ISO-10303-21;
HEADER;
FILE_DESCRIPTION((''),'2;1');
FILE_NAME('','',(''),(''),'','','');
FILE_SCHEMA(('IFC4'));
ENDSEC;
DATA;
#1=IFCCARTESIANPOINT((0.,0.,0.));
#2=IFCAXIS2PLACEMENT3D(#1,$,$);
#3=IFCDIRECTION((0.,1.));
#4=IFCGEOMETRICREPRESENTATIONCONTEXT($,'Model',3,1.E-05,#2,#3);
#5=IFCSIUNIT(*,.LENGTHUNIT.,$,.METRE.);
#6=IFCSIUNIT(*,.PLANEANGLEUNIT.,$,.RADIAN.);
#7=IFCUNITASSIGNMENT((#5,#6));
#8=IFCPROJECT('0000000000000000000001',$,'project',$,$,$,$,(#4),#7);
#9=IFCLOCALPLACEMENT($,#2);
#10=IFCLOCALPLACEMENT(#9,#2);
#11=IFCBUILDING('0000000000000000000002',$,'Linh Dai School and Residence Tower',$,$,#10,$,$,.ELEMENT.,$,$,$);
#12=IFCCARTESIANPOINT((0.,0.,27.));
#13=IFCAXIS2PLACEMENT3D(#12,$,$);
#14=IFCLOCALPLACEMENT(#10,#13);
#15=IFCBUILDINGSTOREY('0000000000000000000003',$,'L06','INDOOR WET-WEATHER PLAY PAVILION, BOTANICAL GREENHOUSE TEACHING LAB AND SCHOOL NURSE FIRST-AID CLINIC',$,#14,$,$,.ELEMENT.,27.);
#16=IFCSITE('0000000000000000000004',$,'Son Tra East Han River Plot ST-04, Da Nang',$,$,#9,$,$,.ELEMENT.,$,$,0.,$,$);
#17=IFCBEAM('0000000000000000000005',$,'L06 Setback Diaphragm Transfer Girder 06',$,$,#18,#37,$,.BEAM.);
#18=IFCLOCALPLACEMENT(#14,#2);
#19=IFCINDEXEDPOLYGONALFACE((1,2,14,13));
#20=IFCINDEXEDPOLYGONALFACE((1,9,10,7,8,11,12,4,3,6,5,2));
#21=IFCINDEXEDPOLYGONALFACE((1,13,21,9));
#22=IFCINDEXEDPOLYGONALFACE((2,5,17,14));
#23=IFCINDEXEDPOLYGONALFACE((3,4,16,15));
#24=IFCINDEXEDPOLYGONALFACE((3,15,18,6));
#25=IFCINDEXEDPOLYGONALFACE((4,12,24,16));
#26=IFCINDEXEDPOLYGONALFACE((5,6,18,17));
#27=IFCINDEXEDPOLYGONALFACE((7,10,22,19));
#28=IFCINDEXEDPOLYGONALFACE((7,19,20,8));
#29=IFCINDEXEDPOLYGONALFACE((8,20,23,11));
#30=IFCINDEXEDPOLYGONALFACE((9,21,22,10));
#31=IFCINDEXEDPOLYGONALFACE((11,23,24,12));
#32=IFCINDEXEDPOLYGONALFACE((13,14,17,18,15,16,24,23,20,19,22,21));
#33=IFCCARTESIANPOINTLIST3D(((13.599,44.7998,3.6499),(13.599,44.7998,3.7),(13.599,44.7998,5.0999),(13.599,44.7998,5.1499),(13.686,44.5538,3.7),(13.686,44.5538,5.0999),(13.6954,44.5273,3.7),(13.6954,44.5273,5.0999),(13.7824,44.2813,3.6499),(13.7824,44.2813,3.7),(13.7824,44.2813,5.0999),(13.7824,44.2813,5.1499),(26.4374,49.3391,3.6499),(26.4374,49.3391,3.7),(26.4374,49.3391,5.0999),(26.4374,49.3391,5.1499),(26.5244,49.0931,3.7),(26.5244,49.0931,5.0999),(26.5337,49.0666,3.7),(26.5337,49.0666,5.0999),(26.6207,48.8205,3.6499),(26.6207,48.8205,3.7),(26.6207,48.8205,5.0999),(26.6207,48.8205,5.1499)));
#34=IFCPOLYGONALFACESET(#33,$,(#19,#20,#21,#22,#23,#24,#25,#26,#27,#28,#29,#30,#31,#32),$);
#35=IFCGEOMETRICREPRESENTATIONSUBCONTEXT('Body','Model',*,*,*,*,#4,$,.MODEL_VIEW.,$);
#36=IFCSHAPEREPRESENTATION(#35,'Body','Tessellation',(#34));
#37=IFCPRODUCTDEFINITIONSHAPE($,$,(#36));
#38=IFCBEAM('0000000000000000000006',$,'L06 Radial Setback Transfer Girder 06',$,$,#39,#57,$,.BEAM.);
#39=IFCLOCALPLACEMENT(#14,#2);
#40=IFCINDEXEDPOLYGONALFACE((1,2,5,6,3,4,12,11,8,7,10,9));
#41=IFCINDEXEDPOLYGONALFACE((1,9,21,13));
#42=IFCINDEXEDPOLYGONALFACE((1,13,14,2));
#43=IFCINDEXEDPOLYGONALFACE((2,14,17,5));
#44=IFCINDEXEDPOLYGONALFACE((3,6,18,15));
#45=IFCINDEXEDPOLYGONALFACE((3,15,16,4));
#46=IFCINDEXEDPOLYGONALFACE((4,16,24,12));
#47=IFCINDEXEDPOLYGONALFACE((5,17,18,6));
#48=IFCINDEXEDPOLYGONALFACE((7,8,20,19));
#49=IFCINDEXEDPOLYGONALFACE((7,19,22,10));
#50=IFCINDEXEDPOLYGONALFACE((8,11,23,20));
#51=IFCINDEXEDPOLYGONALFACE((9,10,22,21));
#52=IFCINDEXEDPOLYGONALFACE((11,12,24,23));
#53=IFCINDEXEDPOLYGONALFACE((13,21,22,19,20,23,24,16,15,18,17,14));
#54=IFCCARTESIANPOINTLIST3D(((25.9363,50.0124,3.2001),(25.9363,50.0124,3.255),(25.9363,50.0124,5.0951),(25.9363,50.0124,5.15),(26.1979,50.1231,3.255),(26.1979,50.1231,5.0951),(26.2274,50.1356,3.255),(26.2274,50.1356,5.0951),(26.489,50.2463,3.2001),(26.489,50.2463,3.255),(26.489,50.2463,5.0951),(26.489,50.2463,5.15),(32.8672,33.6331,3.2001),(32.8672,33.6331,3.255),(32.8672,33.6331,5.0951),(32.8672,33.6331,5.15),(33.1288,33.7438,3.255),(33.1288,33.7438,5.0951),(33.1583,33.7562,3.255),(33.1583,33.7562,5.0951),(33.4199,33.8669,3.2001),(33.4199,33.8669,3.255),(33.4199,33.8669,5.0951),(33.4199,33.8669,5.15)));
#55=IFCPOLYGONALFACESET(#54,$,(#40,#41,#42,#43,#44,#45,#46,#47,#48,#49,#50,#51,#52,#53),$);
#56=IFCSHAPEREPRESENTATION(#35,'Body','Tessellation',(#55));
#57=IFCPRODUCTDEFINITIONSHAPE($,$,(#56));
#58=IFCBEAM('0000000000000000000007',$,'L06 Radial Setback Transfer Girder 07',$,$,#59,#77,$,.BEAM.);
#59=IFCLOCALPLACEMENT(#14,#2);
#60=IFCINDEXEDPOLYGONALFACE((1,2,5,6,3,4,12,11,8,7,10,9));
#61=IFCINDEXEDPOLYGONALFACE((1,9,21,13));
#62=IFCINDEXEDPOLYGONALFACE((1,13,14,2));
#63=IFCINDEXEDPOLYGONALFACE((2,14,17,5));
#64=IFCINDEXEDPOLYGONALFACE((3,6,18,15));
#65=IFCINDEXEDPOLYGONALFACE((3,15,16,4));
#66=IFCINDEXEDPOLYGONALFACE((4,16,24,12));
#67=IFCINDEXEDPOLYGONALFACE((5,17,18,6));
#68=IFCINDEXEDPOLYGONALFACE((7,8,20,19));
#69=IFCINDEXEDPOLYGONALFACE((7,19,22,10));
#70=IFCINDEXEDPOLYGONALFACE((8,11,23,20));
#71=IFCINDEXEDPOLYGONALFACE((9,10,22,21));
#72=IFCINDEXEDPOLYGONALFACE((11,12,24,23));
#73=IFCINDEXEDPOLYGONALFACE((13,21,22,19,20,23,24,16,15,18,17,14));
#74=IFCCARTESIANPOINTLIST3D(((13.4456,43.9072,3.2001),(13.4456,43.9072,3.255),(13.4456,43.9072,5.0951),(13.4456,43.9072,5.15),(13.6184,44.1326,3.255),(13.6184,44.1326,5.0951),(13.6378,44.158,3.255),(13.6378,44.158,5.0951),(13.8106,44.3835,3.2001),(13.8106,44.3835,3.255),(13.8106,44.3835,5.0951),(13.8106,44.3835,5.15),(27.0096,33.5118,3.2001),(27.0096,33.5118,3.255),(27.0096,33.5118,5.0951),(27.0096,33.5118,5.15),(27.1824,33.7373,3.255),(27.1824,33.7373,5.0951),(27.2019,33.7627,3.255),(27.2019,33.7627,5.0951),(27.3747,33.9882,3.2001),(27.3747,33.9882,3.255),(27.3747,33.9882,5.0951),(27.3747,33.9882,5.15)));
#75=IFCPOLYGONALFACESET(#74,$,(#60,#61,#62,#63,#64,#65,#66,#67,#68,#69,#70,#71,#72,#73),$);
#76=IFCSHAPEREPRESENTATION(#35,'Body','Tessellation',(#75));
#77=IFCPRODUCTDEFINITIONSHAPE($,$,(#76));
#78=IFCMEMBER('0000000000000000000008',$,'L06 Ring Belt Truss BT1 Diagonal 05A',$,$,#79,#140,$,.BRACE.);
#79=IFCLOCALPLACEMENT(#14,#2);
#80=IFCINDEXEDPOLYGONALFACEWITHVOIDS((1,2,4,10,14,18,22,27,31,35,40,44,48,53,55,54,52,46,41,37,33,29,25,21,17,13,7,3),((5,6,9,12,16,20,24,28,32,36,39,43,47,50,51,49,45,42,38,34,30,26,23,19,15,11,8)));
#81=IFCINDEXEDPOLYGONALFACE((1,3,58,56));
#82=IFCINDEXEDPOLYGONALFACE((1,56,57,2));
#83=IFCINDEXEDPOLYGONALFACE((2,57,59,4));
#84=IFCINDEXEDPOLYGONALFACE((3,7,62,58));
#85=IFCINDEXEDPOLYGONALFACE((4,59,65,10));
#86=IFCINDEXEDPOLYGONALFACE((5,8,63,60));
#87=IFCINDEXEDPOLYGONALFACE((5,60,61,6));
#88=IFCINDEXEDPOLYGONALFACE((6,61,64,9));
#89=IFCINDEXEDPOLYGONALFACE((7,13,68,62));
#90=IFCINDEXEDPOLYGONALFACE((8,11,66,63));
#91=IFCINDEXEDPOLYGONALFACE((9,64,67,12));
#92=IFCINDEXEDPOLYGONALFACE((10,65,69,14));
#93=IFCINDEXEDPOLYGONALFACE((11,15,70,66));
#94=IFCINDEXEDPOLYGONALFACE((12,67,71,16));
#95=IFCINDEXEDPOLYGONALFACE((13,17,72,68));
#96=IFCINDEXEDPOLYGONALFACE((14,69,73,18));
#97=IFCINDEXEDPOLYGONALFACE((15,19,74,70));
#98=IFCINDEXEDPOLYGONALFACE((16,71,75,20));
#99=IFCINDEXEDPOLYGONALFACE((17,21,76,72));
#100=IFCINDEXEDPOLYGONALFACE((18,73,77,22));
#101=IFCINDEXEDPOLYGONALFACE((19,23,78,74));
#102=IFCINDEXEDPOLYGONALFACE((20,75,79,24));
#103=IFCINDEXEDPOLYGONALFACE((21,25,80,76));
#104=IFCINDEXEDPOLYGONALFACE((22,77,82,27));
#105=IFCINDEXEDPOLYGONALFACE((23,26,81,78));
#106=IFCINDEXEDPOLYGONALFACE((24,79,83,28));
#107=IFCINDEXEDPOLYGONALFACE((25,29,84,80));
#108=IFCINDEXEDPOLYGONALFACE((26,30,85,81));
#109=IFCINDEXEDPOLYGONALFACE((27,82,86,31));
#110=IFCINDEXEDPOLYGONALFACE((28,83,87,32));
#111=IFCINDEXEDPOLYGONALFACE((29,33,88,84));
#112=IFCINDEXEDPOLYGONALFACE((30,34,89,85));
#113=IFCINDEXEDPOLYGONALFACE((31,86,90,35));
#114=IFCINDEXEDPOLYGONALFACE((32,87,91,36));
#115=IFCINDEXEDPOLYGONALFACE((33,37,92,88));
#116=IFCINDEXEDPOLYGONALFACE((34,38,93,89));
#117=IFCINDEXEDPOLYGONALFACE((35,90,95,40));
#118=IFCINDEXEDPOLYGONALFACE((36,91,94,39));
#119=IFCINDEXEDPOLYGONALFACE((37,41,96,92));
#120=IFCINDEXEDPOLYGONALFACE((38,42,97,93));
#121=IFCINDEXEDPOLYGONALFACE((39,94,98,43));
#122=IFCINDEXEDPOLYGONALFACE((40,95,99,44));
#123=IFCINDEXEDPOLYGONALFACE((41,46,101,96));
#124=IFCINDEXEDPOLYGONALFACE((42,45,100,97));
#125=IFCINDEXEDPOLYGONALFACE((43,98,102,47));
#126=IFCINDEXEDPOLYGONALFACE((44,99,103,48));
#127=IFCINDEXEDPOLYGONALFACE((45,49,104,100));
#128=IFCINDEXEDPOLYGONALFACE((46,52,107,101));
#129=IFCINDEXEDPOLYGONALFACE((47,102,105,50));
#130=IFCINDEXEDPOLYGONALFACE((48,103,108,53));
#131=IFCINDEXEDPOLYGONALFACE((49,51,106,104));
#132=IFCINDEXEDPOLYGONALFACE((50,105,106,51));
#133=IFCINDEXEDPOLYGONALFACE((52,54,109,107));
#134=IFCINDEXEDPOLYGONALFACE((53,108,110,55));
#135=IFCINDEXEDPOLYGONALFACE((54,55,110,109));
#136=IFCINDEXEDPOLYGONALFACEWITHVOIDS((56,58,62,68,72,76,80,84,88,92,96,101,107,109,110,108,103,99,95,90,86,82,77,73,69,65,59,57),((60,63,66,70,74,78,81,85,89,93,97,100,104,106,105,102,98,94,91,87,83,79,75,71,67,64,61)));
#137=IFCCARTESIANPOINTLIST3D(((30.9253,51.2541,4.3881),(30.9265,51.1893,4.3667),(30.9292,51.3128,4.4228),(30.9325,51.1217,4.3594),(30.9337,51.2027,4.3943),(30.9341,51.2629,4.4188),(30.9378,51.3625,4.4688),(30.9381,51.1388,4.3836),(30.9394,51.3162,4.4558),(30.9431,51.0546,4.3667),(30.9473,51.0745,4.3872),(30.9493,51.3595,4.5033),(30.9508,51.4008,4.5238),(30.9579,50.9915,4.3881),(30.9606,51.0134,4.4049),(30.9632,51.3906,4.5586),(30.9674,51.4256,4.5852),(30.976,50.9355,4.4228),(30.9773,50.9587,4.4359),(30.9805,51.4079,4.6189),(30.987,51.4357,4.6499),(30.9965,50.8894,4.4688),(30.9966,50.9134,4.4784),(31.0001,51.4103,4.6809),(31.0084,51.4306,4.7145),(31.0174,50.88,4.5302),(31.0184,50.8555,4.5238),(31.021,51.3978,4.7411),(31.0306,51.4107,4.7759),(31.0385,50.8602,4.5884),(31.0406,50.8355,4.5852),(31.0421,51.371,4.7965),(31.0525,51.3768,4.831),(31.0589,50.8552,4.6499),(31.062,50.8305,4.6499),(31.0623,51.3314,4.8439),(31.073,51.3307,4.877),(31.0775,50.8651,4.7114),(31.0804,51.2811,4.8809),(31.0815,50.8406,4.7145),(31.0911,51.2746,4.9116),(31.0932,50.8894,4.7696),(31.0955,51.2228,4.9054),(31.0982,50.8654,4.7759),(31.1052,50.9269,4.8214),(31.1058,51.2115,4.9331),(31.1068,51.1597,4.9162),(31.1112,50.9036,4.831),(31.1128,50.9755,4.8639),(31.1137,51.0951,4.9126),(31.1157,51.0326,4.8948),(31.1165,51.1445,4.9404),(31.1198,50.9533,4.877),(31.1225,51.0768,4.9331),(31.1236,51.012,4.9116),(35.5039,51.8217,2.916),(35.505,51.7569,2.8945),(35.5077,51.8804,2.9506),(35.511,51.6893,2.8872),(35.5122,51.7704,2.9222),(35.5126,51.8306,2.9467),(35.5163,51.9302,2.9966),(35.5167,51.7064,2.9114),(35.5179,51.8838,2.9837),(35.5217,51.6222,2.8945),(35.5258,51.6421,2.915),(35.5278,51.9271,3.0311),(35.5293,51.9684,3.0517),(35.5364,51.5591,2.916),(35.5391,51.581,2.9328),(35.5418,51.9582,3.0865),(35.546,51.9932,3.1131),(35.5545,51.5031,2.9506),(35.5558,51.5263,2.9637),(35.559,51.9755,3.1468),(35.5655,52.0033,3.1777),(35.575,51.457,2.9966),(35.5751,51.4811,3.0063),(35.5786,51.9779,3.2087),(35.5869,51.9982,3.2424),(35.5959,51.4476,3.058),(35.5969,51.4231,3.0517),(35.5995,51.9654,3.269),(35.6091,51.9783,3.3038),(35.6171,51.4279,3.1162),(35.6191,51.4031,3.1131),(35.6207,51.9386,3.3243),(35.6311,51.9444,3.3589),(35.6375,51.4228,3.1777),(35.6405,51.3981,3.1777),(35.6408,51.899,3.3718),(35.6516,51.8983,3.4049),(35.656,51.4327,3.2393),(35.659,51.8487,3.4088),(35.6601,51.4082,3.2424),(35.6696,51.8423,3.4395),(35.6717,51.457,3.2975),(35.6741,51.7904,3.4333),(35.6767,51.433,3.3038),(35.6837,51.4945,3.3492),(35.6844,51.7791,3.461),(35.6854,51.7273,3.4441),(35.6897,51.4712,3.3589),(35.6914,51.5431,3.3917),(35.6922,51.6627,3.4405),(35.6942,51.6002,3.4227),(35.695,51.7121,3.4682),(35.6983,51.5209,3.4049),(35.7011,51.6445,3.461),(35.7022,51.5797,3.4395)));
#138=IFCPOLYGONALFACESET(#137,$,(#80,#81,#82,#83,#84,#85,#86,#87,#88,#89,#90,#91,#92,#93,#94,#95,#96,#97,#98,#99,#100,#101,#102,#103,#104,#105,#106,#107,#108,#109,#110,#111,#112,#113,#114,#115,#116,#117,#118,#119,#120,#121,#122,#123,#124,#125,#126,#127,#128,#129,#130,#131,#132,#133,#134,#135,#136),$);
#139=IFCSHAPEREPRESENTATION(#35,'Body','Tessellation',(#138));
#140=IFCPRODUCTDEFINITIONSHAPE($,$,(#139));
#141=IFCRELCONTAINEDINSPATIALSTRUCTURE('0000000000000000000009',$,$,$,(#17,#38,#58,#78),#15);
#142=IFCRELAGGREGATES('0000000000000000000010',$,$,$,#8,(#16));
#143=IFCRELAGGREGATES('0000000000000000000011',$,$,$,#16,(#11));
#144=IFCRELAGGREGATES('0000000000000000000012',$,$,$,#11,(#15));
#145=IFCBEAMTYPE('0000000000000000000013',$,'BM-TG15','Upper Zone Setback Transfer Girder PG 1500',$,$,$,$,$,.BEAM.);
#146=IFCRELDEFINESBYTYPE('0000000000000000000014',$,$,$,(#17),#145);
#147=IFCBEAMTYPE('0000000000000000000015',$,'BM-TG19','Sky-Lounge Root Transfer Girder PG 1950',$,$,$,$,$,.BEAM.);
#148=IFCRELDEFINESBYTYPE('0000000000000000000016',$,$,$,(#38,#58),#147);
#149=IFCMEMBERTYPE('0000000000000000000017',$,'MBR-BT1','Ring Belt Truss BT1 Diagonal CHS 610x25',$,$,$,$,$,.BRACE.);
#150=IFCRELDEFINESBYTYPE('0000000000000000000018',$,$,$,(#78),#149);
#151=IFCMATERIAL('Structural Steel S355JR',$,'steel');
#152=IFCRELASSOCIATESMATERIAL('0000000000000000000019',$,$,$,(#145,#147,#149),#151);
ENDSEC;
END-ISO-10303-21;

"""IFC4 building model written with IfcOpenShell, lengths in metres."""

from ifc_helpers import new_model, si_unit, direction, frame, origin, origin_2d, place, context, subcontext, project, spatial, hollow_circle, i_section, extrude, material, material_profile, profile_set, type_object, element, save


model = new_model("IFC4")

# Units and contexts
model_context = context("Model", 3, precision=1e-05, world=origin(), true_north=direction((0.0, 1.0)))
body_context = subcontext(model_context, "Body", "Model", "MODEL_VIEW")
ifc_project = project(units=[si_unit("LENGTHUNIT", "METRE"), si_unit("PLANEANGLEUNIT", "RADIAN")], contexts=[model_context])

# Site, building, storey
site_placement = place(None, origin())
site = spatial("IfcSite", under=ifc_project, at=site_placement, Name="Son Tra East Han River Plot ST-04, Da Nang", CompositionType="ELEMENT", RefElevation=0.0)
building_placement = place(site_placement, origin())
building = spatial("IfcBuilding", under=site, at=building_placement, Name="Linh Dai School and Residence Tower", CompositionType="ELEMENT")
storey_placement = place(building_placement, frame((0.0, 0.0, 27.0)))
storey = spatial("IfcBuildingStorey", under=building, at=storey_placement, Name="L06", Description="INDOOR WET-WEATHER PLAY PAVILION, BOTANICAL GREENHOUSE TEACHING LAB AND SCHOOL NURSE FIRST-AID CLINIC", CompositionType="ELEMENT", Elevation=27.0)

# Shared definitions
ifc_material_1 = material(Name="Structural Steel S355JR", Category="steel")

# Beams
ifc_material_profile_1 = material_profile(ifc_material_1, i_section(OverallWidth=0.55, OverallDepth=1.5, WebThickness=0.0281, FlangeThickness=0.05, at=origin_2d()), Name="PG 1500x550x28x50")
ifc_profile_set_1 = profile_set([ifc_material_profile_1], Name="Structural Steel S355JR")
beam_type_1 = type_object("IfcBeamType", Name="BM-TG15", Description="Upper Zone Setback Transfer Girder PG 1500", PredefinedType="BEAM", material=ifc_profile_set_1)
beam_1_placement = place(storey_placement, frame((26.5291, 49.0798, 4.3999), z_axis=(-0.942803, -0.33335, 0.0), x_axis=(0.33335, -0.942803, 0.0)))
element("IfcBeam", 1, at=beam_1_placement, inside=storey, type_object=beam_type_1, Name="L06 Setback Diaphragm Transfer Girder 06", PredefinedType="BEAM", context=body_context, shape_type="SweptSolid", body=[
    extrude(i_section(OverallWidth=0.55, OverallDepth=1.5, WebThickness=0.0281, FlangeThickness=0.05, at=origin_2d()), origin(), (0.0, 0.0, 1.0), 13.6172),
])
ifc_material_profile_2 = material_profile(ifc_material_1, i_section(OverallWidth=0.6001, OverallDepth=1.95, WebThickness=0.032, FlangeThickness=0.0549, at=origin_2d()), Name="PG 1950x600x32x55")
ifc_profile_set_2 = profile_set([ifc_material_profile_2], Name="Structural Steel S355JR")
beam_type_2 = type_object("IfcBeamType", Name="BM-TG19", Description="Sky-Lounge Root Transfer Girder PG 1950", PredefinedType="BEAM", material=ifc_profile_set_2)
beam_2_placement = place(storey_placement, frame((33.1436, 33.75, 4.175), z_axis=(-0.389696, 0.920944, 0.0), x_axis=(-0.920944, -0.389696, 0.0)))
element("IfcBeam", 2, at=beam_2_placement, inside=storey, type_object=beam_type_2, Name="L06 Radial Setback Transfer Girder 06", PredefinedType="BEAM", context=body_context, shape_type="SweptSolid", body=[
    extrude(i_section(OverallWidth=0.6001, OverallDepth=1.95, WebThickness=0.032, FlangeThickness=0.0549, at=origin_2d()), origin(), (0.0, 0.0, 1.0), 17.7854),
])
beam_3_placement = place(storey_placement, frame((27.1921, 33.75, 4.175), z_axis=(-0.793713, 0.608292, 0.0), x_axis=(-0.608292, -0.793713, 0.0)))
element("IfcBeam", 3, at=beam_3_placement, inside=storey, type_object=beam_type_2, Name="L06 Radial Setback Transfer Girder 07", PredefinedType="BEAM", context=body_context, shape_type="SweptSolid", body=[
    extrude(i_section(OverallWidth=0.6001, OverallDepth=1.95, WebThickness=0.032, FlangeThickness=0.0549, at=origin_2d()), origin(), (0.0, 0.0, 1.0), 17.0894),
])

# Member
ifc_material_profile_3 = material_profile(ifc_material_1, hollow_circle(Radius=0.3049, WallThickness=0.0249, at=origin_2d()), Name="CHS 610x25")
ifc_profile_set_3 = profile_set([ifc_material_profile_3], Name="Structural Steel S355JR")
member_type = type_object("IfcMemberType", Name="MBR-BT1", Description="Ring Belt Truss BT1 Diagonal CHS 610x25", PredefinedType="BRACE", material=ifc_profile_set_3)
member_1_placement = place(storey_placement, frame((35.603, 51.7007, 3.1777), z_axis=(-0.945438, -0.117209, 0.303988), x_axis=(0.123032, -0.992403, 0.0)))
element("IfcMember", 4, at=member_1_placement, inside=storey, type_object=member_type, Name="L06 Ring Belt Truss BT1 Diagonal 05A", PredefinedType="BRACE", context=body_context, shape_type="SweptSolid", body=[
    extrude(hollow_circle(Radius=0.3049, WallThickness=0.0249, at=origin_2d()), origin(), (0.0, 0.0, 1.0), 4.8428),
])

save(model, "model.ifc")
